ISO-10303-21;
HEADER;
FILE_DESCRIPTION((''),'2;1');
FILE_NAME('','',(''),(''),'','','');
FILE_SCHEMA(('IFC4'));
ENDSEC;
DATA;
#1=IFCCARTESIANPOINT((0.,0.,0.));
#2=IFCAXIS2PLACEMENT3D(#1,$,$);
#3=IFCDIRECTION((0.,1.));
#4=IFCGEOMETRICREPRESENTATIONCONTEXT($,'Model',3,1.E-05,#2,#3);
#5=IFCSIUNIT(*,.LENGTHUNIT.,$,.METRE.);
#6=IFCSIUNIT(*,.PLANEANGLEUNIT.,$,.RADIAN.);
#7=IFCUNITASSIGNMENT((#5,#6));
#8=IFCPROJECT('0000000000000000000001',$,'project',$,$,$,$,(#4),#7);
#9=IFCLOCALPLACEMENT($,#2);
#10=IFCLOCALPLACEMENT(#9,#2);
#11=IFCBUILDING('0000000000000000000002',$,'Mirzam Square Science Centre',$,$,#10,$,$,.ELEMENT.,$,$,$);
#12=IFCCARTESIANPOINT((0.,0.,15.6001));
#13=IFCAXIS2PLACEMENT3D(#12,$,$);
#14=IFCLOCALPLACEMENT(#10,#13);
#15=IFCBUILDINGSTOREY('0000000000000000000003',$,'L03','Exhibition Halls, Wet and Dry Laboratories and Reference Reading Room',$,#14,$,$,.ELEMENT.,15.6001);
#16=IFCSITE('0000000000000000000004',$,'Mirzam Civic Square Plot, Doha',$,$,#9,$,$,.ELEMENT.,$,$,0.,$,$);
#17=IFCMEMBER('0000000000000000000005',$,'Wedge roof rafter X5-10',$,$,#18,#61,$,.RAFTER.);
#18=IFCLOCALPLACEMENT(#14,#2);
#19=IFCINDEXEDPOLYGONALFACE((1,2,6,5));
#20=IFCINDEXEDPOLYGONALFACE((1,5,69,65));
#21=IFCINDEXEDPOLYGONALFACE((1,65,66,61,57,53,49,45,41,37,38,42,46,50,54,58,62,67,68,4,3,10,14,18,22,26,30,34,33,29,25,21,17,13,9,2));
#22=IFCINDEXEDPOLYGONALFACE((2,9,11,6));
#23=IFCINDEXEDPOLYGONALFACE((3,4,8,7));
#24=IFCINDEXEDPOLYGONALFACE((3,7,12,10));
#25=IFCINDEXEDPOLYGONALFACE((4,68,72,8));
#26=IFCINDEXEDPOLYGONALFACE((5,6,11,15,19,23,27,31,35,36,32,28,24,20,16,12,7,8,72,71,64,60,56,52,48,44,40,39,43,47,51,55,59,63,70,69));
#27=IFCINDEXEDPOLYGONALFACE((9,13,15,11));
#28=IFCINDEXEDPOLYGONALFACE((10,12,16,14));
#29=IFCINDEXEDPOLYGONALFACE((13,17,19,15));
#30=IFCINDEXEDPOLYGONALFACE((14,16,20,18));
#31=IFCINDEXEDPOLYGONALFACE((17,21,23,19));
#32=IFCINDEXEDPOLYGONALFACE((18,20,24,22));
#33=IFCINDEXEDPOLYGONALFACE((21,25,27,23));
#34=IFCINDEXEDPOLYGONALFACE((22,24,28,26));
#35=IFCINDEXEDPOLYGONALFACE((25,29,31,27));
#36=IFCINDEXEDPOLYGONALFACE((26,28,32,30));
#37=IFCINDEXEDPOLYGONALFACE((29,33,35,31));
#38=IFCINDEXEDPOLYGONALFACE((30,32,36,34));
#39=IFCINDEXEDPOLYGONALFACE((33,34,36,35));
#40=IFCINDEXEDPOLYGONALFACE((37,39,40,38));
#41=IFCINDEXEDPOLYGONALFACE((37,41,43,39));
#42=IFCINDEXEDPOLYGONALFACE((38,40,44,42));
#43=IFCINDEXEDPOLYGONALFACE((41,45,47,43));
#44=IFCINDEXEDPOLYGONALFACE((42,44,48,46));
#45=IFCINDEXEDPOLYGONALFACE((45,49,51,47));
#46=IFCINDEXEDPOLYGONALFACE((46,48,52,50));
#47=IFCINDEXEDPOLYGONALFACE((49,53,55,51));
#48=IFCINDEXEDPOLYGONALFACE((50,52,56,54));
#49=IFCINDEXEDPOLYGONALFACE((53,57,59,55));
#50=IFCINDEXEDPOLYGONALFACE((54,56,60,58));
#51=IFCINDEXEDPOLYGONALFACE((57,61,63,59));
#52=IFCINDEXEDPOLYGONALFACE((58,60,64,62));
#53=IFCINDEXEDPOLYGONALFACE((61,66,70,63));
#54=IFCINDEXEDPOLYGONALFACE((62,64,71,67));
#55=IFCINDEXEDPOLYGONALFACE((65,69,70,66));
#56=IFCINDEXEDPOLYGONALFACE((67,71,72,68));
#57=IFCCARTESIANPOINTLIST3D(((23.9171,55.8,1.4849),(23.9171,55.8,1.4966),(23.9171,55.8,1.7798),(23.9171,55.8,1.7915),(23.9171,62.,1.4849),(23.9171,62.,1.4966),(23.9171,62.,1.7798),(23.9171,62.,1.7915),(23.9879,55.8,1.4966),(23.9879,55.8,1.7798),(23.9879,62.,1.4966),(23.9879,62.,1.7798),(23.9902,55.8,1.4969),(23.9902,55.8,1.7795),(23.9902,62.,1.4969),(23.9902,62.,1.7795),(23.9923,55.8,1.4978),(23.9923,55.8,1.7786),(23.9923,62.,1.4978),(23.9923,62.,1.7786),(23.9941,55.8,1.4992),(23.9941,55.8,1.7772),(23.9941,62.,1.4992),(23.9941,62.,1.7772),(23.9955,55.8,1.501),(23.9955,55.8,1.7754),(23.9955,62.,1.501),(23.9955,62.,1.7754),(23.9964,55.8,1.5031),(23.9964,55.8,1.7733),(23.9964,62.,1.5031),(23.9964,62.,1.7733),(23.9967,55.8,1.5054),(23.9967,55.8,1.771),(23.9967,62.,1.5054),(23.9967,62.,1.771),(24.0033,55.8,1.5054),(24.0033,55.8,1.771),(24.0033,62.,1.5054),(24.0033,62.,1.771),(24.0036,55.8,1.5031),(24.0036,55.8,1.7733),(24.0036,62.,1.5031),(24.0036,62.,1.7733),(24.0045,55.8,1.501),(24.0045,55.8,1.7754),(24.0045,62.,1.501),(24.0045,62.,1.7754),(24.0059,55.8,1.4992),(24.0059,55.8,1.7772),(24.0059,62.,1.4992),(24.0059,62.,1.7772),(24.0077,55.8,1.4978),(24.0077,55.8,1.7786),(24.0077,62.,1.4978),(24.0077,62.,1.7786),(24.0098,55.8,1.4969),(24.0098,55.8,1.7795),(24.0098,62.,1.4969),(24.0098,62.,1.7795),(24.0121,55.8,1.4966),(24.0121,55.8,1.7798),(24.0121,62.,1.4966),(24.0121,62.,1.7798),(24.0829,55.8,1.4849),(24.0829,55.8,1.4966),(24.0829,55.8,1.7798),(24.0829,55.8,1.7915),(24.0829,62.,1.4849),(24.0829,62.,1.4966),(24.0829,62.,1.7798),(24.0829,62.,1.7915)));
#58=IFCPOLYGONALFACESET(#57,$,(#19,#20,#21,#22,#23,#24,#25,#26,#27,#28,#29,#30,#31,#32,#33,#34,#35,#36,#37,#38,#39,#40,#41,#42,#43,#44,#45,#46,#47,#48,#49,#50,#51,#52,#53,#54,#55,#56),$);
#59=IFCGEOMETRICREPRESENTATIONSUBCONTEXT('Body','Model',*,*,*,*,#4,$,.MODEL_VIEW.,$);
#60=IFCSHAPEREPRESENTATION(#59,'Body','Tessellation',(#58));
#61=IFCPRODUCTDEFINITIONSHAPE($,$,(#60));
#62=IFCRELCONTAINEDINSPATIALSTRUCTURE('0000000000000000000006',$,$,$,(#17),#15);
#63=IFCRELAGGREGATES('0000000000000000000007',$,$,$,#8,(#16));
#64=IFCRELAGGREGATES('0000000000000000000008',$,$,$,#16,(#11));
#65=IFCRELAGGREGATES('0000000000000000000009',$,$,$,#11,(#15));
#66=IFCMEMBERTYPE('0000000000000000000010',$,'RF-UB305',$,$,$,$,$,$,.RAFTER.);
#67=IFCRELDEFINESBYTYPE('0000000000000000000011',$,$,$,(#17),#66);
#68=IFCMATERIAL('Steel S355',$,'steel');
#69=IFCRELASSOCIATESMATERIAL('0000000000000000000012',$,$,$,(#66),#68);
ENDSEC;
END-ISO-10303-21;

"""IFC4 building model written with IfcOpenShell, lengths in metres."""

from ifc_helpers import new_model, si_unit, direction, frame, origin, origin_2d, place, context, subcontext, project, spatial, i_section, extrude, material, material_profile, profile_set, type_object, element, save


model = new_model("IFC4")

# Units and contexts
model_context = context("Model", 3, precision=1e-05, world=origin(), true_north=direction((0.0, 1.0)))
body_context = subcontext(model_context, "Body", "Model", "MODEL_VIEW")
ifc_project = project(units=[si_unit("LENGTHUNIT", "METRE"), si_unit("PLANEANGLEUNIT", "RADIAN")], contexts=[model_context])

# Site, building, storey
site_placement = place(None, origin())
site = spatial("IfcSite", under=ifc_project, at=site_placement, Name="Mirzam Civic Square Plot, Doha", CompositionType="ELEMENT", RefElevation=0.0)
building_placement = place(site_placement, origin())
building = spatial("IfcBuilding", under=site, at=building_placement, Name="Mirzam Square Science Centre", CompositionType="ELEMENT")
storey_placement = place(building_placement, frame((0.0, 0.0, 15.6001)))
storey = spatial("IfcBuildingStorey", under=building, at=storey_placement, Name="L03", Description="Exhibition Halls, Wet and Dry Laboratories and Reference Reading Room", CompositionType="ELEMENT", Elevation=15.6001)

# Member
ifc_material = material(Name="Steel S355", Category="steel")
ifc_material_profile_1 = material_profile(ifc_material, i_section(OverallWidth=0.1658, OverallDepth=0.3066, WebThickness=0.0066, FlangeThickness=0.0117, FilletRadius=0.0088, at=origin_2d()), Name="305x165x46UB")
ifc_profile_set_1 = profile_set([ifc_material_profile_1], Name="Steel S355")
member_type_1 = type_object("IfcMemberType", Name="RF-UB305", PredefinedType="RAFTER", material=ifc_profile_set_1)
for number, where, z_axis, x_axis, name in (
    (1, (24.0, 55.8, 1.6382), (0.0, 1.0, 0.0), (-1.0, 0.0, 0.0), "Wedge roof rafter X5-10"),
):
    element("IfcMember", number, at=place(storey_placement, frame(where, z_axis=z_axis, x_axis=x_axis)), inside=storey, type_object=member_type_1, Name=name, PredefinedType="RAFTER", context=body_context, shape_type="SweptSolid", body=[
        extrude(i_section(OverallWidth=0.1658, OverallDepth=0.3066, WebThickness=0.0066, FlangeThickness=0.0117, FilletRadius=0.0088, at=origin_2d()), origin(), (0.0, 0.0, 1.0), 6.2),
    ])

save(model, "model.ifc")
